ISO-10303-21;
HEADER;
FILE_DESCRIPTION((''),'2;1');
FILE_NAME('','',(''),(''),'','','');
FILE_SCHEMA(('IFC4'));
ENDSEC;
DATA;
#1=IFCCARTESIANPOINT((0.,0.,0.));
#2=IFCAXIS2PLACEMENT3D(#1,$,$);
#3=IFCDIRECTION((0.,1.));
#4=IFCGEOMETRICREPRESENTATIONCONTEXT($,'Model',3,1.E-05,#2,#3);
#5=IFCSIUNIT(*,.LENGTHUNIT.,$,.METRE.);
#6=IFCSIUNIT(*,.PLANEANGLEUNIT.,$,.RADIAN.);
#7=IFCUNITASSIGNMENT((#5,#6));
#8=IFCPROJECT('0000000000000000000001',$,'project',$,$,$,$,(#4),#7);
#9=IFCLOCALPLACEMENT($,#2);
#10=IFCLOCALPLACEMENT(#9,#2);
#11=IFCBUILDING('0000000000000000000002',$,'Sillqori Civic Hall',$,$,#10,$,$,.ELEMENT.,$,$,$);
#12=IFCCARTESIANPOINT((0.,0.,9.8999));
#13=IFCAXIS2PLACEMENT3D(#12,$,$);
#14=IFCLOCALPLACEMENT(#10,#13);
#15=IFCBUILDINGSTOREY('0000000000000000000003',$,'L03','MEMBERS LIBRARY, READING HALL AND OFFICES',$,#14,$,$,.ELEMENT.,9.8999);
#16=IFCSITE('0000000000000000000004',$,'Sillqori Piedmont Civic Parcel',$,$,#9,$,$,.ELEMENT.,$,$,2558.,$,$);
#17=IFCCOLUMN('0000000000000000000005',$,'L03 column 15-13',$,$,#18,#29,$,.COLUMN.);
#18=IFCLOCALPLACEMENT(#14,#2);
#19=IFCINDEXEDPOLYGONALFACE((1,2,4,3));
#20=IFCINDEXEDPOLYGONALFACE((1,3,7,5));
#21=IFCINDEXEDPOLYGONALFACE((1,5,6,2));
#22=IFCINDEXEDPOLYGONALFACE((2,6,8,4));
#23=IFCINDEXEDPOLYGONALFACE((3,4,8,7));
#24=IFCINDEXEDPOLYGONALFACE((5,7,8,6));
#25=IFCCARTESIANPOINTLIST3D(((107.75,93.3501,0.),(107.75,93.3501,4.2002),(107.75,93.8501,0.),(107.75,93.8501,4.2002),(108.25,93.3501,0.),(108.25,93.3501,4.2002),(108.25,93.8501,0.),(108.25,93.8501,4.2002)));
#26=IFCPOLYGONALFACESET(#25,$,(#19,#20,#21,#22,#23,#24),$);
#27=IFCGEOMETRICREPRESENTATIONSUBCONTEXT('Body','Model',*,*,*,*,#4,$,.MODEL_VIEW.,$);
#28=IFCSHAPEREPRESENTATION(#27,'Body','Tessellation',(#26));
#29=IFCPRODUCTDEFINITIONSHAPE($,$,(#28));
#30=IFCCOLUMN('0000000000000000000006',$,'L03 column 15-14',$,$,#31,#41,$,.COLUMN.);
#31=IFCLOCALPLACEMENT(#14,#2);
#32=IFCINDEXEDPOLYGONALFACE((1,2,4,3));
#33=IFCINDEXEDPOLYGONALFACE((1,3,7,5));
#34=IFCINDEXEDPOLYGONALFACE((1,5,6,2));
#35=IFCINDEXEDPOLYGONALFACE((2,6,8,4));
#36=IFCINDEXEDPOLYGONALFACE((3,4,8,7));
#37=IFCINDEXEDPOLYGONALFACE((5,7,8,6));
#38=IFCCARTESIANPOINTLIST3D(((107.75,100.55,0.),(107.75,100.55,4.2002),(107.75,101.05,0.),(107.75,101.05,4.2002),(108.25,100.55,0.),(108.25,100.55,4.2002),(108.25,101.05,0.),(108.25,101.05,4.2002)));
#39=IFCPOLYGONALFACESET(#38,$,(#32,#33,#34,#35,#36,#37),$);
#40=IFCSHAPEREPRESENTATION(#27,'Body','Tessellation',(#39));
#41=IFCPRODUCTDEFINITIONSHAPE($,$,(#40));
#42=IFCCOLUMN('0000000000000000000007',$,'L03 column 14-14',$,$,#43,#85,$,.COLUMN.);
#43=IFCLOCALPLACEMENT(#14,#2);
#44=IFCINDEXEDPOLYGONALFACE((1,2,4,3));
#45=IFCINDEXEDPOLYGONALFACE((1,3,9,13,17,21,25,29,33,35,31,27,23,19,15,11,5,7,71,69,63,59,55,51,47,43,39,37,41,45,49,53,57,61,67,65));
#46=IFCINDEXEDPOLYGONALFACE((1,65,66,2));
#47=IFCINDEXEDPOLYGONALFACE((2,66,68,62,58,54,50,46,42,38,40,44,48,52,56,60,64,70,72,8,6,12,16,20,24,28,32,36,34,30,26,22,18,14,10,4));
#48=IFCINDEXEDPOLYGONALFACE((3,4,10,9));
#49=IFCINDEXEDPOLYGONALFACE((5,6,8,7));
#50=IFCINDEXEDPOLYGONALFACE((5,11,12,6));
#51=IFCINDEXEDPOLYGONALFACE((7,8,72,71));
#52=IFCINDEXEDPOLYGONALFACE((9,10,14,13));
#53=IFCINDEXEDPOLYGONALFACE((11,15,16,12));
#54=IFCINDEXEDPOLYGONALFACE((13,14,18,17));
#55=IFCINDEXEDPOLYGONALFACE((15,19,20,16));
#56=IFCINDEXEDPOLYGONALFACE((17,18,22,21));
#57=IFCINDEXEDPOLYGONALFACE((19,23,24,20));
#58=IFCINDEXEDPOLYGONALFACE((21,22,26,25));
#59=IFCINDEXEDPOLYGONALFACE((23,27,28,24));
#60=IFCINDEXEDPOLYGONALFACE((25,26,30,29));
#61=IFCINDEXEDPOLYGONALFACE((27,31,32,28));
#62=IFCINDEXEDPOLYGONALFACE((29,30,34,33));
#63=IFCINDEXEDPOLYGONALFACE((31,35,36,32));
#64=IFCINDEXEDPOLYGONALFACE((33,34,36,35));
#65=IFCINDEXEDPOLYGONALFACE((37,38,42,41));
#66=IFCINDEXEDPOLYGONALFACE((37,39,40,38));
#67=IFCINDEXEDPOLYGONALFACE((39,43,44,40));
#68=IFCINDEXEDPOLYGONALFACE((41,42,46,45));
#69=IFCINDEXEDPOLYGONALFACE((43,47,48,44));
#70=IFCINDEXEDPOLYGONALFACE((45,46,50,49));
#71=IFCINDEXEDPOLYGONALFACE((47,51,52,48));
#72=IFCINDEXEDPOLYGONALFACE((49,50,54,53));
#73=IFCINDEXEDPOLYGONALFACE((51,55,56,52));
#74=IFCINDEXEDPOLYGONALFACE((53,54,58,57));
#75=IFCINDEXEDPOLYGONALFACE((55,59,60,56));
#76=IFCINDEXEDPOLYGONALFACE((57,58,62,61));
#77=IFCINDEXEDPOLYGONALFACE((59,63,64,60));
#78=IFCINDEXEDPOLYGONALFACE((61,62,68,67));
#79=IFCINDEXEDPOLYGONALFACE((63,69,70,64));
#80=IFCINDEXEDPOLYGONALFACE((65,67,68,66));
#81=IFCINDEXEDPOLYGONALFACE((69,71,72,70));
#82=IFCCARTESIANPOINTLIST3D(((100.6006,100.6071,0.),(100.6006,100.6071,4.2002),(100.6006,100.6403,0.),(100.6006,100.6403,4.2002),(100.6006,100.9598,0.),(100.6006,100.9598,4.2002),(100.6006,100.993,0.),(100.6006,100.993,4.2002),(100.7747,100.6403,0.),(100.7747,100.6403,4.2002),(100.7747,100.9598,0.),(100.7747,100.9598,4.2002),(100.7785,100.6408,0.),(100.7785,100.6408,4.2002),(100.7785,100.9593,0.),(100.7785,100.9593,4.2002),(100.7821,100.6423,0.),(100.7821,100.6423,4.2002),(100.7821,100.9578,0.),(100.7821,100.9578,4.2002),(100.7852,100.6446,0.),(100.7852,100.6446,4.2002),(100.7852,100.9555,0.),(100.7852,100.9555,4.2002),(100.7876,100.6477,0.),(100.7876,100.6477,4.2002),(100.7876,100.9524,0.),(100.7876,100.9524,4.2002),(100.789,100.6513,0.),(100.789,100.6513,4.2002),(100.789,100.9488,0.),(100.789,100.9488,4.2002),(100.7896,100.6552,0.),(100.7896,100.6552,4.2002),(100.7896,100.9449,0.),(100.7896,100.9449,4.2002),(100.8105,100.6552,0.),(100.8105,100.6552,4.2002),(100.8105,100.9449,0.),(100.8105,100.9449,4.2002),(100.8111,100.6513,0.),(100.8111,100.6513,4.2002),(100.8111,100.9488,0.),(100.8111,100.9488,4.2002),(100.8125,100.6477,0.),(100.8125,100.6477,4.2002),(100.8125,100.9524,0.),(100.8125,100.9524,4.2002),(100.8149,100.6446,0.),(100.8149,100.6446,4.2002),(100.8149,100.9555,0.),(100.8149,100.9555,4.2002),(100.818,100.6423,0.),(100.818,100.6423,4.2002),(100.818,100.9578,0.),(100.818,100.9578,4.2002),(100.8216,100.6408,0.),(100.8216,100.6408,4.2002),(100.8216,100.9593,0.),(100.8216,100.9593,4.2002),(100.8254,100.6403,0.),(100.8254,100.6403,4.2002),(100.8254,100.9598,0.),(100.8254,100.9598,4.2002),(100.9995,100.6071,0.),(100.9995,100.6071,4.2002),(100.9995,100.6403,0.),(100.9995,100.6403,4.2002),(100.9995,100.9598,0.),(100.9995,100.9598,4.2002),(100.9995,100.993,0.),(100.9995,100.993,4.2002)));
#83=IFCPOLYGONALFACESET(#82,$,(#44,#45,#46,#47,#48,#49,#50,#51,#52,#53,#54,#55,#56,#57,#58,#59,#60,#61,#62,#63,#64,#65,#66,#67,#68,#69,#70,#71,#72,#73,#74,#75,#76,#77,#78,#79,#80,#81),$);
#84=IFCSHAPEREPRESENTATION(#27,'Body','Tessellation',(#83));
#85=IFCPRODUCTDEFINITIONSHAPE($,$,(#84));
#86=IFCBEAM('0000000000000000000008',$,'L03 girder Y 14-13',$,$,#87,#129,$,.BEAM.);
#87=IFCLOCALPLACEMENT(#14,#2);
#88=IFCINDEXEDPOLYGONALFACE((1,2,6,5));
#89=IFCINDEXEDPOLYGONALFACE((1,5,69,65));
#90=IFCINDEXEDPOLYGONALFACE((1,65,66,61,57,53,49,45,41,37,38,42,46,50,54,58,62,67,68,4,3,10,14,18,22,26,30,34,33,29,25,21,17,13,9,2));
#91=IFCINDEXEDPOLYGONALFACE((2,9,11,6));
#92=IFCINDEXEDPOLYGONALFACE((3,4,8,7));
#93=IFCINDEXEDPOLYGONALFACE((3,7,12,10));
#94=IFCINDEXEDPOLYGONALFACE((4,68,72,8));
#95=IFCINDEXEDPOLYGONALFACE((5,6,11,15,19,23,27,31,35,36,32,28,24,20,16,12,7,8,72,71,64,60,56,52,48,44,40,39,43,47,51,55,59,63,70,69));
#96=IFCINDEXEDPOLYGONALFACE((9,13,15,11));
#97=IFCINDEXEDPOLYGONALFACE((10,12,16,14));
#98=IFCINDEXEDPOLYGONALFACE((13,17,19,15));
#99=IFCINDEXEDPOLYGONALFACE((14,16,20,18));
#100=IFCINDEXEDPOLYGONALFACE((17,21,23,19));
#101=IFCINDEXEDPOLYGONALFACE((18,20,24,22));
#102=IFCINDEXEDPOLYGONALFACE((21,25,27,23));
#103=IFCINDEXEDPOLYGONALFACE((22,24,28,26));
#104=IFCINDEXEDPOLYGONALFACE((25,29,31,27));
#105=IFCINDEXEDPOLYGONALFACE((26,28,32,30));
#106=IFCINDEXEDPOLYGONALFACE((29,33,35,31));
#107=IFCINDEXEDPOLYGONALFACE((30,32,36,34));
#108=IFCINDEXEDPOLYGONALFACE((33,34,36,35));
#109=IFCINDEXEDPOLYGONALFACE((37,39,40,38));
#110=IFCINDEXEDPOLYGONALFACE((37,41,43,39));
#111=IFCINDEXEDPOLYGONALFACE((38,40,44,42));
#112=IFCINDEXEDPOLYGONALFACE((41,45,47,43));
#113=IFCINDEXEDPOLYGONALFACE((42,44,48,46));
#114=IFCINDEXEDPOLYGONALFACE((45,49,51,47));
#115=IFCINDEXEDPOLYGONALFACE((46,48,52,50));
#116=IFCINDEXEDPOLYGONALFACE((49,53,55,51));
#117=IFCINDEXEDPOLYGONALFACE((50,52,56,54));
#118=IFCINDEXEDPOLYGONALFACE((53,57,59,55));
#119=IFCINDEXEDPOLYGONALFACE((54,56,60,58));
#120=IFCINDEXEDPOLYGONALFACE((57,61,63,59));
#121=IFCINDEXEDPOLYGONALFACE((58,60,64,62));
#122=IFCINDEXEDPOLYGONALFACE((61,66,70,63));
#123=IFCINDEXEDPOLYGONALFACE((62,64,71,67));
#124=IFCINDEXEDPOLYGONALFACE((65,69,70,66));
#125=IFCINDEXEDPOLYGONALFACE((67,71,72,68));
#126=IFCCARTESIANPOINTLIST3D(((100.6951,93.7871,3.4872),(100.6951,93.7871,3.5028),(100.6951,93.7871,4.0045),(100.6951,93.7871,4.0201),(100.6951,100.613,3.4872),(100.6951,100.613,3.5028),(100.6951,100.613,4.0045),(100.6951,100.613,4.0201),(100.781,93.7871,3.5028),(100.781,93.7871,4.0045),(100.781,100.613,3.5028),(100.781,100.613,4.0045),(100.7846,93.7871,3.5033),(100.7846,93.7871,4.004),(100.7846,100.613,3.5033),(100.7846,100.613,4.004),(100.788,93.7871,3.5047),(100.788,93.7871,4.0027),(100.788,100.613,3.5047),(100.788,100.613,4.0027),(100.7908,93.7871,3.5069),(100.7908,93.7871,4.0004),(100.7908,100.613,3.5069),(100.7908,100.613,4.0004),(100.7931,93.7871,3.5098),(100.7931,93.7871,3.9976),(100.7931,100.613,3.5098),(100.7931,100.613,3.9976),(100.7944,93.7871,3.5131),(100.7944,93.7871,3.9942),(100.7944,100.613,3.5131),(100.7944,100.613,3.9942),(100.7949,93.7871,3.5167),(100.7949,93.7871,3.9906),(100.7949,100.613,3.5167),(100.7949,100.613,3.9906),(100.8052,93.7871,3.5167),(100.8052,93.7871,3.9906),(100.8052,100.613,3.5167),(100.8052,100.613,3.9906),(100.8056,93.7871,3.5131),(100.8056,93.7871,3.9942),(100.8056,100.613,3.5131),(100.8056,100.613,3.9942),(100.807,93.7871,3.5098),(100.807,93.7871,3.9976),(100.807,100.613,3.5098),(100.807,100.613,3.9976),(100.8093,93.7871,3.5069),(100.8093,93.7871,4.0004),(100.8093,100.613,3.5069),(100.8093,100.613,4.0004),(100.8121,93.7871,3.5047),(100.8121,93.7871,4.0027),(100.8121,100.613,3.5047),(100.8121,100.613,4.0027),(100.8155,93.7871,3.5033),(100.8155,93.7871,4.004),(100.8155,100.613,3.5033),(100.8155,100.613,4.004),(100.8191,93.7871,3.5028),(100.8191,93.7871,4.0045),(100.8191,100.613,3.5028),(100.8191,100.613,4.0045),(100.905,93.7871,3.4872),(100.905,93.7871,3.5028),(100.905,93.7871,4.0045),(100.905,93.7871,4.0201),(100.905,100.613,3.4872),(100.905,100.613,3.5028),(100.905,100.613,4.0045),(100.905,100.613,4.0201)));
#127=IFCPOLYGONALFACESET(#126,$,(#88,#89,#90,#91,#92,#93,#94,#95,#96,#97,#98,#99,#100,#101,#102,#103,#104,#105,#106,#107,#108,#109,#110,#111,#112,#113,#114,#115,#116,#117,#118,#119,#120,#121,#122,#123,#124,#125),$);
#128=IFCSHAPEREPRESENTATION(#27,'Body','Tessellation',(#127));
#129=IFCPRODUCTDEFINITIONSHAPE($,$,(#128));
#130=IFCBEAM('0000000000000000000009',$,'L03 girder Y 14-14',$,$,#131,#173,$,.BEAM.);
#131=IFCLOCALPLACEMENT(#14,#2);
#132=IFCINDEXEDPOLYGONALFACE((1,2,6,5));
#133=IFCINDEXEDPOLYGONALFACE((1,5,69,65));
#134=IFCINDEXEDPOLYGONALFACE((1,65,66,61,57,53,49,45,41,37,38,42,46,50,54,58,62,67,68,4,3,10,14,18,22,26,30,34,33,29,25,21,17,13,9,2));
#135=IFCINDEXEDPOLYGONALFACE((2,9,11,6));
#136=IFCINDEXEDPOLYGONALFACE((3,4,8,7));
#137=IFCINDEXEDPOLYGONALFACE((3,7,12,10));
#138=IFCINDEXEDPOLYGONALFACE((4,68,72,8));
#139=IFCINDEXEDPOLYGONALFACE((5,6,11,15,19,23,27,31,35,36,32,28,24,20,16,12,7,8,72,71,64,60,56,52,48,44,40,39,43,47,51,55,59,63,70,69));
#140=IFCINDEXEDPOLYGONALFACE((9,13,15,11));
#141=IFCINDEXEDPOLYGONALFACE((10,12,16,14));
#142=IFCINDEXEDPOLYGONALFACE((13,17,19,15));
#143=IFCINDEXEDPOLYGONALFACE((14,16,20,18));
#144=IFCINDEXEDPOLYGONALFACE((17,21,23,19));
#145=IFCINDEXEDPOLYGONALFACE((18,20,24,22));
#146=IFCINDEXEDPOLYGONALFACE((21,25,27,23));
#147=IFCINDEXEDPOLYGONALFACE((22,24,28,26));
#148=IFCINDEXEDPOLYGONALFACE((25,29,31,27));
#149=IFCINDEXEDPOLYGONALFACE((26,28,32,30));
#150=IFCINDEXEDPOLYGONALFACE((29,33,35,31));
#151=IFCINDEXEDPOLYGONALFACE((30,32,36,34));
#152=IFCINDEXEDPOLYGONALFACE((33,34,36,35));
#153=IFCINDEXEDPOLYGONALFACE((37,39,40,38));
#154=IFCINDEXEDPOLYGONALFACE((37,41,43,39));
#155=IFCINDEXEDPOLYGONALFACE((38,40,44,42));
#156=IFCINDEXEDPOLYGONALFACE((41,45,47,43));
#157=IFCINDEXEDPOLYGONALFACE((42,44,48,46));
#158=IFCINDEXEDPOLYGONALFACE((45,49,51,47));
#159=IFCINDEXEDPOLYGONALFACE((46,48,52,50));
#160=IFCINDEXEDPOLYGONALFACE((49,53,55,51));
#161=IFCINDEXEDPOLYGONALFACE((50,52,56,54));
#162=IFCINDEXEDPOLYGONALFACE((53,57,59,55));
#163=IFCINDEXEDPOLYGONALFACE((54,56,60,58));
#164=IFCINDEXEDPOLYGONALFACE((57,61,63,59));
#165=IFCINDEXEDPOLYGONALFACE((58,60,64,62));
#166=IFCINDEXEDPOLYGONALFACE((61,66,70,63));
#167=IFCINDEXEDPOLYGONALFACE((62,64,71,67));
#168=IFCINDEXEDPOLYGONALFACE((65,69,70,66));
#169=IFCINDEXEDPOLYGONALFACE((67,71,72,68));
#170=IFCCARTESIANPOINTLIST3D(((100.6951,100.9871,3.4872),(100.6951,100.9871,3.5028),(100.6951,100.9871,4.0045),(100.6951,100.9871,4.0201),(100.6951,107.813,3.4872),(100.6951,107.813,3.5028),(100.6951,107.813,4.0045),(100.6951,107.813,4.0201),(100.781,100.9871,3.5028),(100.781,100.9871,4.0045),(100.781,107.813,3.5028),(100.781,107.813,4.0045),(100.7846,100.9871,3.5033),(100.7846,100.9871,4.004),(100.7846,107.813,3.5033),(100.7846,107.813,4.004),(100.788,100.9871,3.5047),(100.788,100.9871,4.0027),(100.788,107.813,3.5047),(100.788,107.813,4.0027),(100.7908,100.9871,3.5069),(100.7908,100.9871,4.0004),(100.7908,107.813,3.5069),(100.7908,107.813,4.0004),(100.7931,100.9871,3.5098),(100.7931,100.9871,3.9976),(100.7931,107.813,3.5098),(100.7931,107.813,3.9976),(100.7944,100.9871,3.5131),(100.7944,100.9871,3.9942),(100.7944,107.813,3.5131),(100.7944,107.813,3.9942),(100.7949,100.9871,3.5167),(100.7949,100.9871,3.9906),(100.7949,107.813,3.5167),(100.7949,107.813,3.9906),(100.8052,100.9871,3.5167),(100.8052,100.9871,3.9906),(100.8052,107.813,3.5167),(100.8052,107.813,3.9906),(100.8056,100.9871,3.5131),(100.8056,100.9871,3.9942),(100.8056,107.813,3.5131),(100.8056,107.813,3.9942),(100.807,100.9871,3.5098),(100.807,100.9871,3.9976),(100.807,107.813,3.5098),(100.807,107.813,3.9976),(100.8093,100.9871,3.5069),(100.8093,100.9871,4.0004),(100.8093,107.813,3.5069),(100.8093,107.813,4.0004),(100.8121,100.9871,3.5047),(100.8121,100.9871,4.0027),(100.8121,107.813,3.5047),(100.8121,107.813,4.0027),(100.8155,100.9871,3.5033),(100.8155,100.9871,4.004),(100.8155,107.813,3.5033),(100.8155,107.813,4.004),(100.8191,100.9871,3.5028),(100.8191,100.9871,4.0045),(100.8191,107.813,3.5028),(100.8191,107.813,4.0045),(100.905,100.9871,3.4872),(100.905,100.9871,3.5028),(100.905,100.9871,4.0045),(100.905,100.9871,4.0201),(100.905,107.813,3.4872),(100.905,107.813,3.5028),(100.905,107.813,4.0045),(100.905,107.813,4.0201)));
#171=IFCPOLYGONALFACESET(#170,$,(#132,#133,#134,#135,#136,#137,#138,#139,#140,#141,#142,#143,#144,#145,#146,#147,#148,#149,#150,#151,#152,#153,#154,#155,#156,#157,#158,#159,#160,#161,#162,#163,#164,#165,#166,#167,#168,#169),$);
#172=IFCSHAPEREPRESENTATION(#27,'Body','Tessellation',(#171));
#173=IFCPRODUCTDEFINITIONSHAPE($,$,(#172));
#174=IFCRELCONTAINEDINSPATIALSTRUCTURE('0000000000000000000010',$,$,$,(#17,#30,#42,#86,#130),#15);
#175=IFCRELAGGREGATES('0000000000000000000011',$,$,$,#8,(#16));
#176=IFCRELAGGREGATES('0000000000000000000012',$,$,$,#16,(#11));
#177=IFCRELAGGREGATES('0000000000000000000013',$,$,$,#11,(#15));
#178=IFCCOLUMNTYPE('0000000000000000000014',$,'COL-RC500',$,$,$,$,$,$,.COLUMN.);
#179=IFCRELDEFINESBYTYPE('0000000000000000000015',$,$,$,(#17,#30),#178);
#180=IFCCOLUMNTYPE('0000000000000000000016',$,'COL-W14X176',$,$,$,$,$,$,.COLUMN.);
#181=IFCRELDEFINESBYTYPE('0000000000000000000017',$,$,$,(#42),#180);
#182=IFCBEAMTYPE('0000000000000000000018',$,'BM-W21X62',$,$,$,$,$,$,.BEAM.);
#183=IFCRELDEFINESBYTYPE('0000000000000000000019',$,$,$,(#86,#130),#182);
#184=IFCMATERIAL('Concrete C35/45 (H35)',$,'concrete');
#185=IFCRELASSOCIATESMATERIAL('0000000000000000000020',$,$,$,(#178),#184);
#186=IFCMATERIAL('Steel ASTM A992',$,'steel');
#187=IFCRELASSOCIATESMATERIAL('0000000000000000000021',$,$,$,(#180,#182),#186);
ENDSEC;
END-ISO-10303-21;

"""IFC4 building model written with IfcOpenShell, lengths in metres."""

from ifc_helpers import new_model, si_unit, direction, frame, origin, origin_2d, place, context, subcontext, project, spatial, rectangle, i_section, extrude, material, material_profile, profile_set, type_object, element, save


model = new_model("IFC4")

# Units and contexts
model_context = context("Model", 3, precision=1e-05, world=origin(), true_north=direction((0.0, 1.0)))
body_context = subcontext(model_context, "Body", "Model", "MODEL_VIEW")
ifc_project = project(units=[si_unit("LENGTHUNIT", "METRE"), si_unit("PLANEANGLEUNIT", "RADIAN")], contexts=[model_context])

# Site, building, storey
site_placement = place(None, origin())
site = spatial("IfcSite", under=ifc_project, at=site_placement, Name="Sillqori Piedmont Civic Parcel", CompositionType="ELEMENT", RefElevation=2558.0)
building_placement = place(site_placement, origin())
building = spatial("IfcBuilding", under=site, at=building_placement, Name="Sillqori Civic Hall", CompositionType="ELEMENT")
storey_placement = place(building_placement, frame((0.0, 0.0, 9.8999)))
storey = spatial("IfcBuildingStorey", under=building, at=storey_placement, Name="L03", Description="MEMBERS LIBRARY, READING HALL AND OFFICES", CompositionType="ELEMENT", Elevation=9.8999)

# Columns
ifc_material_1 = material(Name="Concrete C35/45 (H35)", Category="concrete")
ifc_material_profile_1 = material_profile(ifc_material_1, rectangle(XDim=0.5, YDim=0.5, at=origin_2d()), Name="RC 500x500")
ifc_profile_set_1 = profile_set([ifc_material_profile_1], Name="Concrete C35/45 (H35)")
column_type_1 = type_object("IfcColumnType", Name="COL-RC500", PredefinedType="COLUMN", material=ifc_profile_set_1)
for number, where, z_axis, x_axis, name in (
    (1, (108.0, 93.6001, 0.0), (0.0, 0.0, 1.0), (1.0, 0.0, 0.0), "L03 column 15-13"),
    (2, (108.0, 100.8, 0.0), (0.0, 0.0, 1.0), (1.0, 0.0, 0.0), "L03 column 15-14"),
):
    element("IfcColumn", number, at=place(storey_placement, frame(where, z_axis=z_axis, x_axis=x_axis)), inside=storey, type_object=column_type_1, Name=name, PredefinedType="COLUMN", context=body_context, shape_type="SweptSolid", body=[
        extrude(rectangle(XDim=0.5, YDim=0.5, at=origin_2d()), origin(), (0.0, 0.0, 1.0), 4.2002),
    ])
ifc_material_2 = material(Name="Steel ASTM A992", Category="steel")
ifc_material_profile_2 = material_profile(ifc_material_2, i_section(OverallWidth=0.3989, OverallDepth=0.386, WebThickness=0.021, FlangeThickness=0.0332, FilletRadius=0.0149, at=origin_2d()), Name="W14X176")
ifc_profile_set_2 = profile_set([ifc_material_profile_2], Name="Steel ASTM A992")
column_type_2 = type_object("IfcColumnType", Name="COL-W14X176", PredefinedType="COLUMN", material=ifc_profile_set_2)
column_placement = place(storey_placement, frame((100.8, 100.8, 0.0), z_axis=(0.0, 0.0, 1.0), x_axis=(1.0, 0.0, 0.0)))
element("IfcColumn", 3, at=column_placement, inside=storey, type_object=column_type_2, Name="L03 column 14-14", PredefinedType="COLUMN", context=body_context, shape_type="SweptSolid", body=[
    extrude(i_section(OverallWidth=0.3989, OverallDepth=0.386, WebThickness=0.021, FlangeThickness=0.0332, FilletRadius=0.0149, at=origin_2d()), origin(), (0.0, 0.0, 1.0), 4.2002),
])

# Beams
ifc_material_profile_3 = material_profile(ifc_material_2, i_section(OverallWidth=0.21, OverallDepth=0.533, WebThickness=0.0103, FlangeThickness=0.0156, FilletRadius=0.0139, at=origin_2d()), Name="W21X62")
ifc_profile_set_3 = profile_set([ifc_material_profile_3], Name="Steel ASTM A992")
beam_type_1 = type_object("IfcBeamType", Name="BM-W21X62", PredefinedType="BEAM", material=ifc_profile_set_3)
for number, where, z_axis, x_axis, name in (
    (4, (100.8, 93.7871, 3.7537), (0.0, 1.0, 0.0), (-1.0, 0.0, 0.0), "L03 girder Y 14-13"),
    (5, (100.8, 100.9871, 3.7537), (0.0, 1.0, 0.0), (-1.0, 0.0, 0.0), "L03 girder Y 14-14"),
):
    element("IfcBeam", number, at=place(storey_placement, frame(where, z_axis=z_axis, x_axis=x_axis)), inside=storey, type_object=beam_type_1, Name=name, PredefinedType="BEAM", context=body_context, shape_type="SweptSolid", body=[
        extrude(i_section(OverallWidth=0.21, OverallDepth=0.533, WebThickness=0.0103, FlangeThickness=0.0156, FilletRadius=0.0139, at=origin_2d()), origin(), (0.0, 0.0, 1.0), 6.8259),
    ])

save(model, "model.ifc")
